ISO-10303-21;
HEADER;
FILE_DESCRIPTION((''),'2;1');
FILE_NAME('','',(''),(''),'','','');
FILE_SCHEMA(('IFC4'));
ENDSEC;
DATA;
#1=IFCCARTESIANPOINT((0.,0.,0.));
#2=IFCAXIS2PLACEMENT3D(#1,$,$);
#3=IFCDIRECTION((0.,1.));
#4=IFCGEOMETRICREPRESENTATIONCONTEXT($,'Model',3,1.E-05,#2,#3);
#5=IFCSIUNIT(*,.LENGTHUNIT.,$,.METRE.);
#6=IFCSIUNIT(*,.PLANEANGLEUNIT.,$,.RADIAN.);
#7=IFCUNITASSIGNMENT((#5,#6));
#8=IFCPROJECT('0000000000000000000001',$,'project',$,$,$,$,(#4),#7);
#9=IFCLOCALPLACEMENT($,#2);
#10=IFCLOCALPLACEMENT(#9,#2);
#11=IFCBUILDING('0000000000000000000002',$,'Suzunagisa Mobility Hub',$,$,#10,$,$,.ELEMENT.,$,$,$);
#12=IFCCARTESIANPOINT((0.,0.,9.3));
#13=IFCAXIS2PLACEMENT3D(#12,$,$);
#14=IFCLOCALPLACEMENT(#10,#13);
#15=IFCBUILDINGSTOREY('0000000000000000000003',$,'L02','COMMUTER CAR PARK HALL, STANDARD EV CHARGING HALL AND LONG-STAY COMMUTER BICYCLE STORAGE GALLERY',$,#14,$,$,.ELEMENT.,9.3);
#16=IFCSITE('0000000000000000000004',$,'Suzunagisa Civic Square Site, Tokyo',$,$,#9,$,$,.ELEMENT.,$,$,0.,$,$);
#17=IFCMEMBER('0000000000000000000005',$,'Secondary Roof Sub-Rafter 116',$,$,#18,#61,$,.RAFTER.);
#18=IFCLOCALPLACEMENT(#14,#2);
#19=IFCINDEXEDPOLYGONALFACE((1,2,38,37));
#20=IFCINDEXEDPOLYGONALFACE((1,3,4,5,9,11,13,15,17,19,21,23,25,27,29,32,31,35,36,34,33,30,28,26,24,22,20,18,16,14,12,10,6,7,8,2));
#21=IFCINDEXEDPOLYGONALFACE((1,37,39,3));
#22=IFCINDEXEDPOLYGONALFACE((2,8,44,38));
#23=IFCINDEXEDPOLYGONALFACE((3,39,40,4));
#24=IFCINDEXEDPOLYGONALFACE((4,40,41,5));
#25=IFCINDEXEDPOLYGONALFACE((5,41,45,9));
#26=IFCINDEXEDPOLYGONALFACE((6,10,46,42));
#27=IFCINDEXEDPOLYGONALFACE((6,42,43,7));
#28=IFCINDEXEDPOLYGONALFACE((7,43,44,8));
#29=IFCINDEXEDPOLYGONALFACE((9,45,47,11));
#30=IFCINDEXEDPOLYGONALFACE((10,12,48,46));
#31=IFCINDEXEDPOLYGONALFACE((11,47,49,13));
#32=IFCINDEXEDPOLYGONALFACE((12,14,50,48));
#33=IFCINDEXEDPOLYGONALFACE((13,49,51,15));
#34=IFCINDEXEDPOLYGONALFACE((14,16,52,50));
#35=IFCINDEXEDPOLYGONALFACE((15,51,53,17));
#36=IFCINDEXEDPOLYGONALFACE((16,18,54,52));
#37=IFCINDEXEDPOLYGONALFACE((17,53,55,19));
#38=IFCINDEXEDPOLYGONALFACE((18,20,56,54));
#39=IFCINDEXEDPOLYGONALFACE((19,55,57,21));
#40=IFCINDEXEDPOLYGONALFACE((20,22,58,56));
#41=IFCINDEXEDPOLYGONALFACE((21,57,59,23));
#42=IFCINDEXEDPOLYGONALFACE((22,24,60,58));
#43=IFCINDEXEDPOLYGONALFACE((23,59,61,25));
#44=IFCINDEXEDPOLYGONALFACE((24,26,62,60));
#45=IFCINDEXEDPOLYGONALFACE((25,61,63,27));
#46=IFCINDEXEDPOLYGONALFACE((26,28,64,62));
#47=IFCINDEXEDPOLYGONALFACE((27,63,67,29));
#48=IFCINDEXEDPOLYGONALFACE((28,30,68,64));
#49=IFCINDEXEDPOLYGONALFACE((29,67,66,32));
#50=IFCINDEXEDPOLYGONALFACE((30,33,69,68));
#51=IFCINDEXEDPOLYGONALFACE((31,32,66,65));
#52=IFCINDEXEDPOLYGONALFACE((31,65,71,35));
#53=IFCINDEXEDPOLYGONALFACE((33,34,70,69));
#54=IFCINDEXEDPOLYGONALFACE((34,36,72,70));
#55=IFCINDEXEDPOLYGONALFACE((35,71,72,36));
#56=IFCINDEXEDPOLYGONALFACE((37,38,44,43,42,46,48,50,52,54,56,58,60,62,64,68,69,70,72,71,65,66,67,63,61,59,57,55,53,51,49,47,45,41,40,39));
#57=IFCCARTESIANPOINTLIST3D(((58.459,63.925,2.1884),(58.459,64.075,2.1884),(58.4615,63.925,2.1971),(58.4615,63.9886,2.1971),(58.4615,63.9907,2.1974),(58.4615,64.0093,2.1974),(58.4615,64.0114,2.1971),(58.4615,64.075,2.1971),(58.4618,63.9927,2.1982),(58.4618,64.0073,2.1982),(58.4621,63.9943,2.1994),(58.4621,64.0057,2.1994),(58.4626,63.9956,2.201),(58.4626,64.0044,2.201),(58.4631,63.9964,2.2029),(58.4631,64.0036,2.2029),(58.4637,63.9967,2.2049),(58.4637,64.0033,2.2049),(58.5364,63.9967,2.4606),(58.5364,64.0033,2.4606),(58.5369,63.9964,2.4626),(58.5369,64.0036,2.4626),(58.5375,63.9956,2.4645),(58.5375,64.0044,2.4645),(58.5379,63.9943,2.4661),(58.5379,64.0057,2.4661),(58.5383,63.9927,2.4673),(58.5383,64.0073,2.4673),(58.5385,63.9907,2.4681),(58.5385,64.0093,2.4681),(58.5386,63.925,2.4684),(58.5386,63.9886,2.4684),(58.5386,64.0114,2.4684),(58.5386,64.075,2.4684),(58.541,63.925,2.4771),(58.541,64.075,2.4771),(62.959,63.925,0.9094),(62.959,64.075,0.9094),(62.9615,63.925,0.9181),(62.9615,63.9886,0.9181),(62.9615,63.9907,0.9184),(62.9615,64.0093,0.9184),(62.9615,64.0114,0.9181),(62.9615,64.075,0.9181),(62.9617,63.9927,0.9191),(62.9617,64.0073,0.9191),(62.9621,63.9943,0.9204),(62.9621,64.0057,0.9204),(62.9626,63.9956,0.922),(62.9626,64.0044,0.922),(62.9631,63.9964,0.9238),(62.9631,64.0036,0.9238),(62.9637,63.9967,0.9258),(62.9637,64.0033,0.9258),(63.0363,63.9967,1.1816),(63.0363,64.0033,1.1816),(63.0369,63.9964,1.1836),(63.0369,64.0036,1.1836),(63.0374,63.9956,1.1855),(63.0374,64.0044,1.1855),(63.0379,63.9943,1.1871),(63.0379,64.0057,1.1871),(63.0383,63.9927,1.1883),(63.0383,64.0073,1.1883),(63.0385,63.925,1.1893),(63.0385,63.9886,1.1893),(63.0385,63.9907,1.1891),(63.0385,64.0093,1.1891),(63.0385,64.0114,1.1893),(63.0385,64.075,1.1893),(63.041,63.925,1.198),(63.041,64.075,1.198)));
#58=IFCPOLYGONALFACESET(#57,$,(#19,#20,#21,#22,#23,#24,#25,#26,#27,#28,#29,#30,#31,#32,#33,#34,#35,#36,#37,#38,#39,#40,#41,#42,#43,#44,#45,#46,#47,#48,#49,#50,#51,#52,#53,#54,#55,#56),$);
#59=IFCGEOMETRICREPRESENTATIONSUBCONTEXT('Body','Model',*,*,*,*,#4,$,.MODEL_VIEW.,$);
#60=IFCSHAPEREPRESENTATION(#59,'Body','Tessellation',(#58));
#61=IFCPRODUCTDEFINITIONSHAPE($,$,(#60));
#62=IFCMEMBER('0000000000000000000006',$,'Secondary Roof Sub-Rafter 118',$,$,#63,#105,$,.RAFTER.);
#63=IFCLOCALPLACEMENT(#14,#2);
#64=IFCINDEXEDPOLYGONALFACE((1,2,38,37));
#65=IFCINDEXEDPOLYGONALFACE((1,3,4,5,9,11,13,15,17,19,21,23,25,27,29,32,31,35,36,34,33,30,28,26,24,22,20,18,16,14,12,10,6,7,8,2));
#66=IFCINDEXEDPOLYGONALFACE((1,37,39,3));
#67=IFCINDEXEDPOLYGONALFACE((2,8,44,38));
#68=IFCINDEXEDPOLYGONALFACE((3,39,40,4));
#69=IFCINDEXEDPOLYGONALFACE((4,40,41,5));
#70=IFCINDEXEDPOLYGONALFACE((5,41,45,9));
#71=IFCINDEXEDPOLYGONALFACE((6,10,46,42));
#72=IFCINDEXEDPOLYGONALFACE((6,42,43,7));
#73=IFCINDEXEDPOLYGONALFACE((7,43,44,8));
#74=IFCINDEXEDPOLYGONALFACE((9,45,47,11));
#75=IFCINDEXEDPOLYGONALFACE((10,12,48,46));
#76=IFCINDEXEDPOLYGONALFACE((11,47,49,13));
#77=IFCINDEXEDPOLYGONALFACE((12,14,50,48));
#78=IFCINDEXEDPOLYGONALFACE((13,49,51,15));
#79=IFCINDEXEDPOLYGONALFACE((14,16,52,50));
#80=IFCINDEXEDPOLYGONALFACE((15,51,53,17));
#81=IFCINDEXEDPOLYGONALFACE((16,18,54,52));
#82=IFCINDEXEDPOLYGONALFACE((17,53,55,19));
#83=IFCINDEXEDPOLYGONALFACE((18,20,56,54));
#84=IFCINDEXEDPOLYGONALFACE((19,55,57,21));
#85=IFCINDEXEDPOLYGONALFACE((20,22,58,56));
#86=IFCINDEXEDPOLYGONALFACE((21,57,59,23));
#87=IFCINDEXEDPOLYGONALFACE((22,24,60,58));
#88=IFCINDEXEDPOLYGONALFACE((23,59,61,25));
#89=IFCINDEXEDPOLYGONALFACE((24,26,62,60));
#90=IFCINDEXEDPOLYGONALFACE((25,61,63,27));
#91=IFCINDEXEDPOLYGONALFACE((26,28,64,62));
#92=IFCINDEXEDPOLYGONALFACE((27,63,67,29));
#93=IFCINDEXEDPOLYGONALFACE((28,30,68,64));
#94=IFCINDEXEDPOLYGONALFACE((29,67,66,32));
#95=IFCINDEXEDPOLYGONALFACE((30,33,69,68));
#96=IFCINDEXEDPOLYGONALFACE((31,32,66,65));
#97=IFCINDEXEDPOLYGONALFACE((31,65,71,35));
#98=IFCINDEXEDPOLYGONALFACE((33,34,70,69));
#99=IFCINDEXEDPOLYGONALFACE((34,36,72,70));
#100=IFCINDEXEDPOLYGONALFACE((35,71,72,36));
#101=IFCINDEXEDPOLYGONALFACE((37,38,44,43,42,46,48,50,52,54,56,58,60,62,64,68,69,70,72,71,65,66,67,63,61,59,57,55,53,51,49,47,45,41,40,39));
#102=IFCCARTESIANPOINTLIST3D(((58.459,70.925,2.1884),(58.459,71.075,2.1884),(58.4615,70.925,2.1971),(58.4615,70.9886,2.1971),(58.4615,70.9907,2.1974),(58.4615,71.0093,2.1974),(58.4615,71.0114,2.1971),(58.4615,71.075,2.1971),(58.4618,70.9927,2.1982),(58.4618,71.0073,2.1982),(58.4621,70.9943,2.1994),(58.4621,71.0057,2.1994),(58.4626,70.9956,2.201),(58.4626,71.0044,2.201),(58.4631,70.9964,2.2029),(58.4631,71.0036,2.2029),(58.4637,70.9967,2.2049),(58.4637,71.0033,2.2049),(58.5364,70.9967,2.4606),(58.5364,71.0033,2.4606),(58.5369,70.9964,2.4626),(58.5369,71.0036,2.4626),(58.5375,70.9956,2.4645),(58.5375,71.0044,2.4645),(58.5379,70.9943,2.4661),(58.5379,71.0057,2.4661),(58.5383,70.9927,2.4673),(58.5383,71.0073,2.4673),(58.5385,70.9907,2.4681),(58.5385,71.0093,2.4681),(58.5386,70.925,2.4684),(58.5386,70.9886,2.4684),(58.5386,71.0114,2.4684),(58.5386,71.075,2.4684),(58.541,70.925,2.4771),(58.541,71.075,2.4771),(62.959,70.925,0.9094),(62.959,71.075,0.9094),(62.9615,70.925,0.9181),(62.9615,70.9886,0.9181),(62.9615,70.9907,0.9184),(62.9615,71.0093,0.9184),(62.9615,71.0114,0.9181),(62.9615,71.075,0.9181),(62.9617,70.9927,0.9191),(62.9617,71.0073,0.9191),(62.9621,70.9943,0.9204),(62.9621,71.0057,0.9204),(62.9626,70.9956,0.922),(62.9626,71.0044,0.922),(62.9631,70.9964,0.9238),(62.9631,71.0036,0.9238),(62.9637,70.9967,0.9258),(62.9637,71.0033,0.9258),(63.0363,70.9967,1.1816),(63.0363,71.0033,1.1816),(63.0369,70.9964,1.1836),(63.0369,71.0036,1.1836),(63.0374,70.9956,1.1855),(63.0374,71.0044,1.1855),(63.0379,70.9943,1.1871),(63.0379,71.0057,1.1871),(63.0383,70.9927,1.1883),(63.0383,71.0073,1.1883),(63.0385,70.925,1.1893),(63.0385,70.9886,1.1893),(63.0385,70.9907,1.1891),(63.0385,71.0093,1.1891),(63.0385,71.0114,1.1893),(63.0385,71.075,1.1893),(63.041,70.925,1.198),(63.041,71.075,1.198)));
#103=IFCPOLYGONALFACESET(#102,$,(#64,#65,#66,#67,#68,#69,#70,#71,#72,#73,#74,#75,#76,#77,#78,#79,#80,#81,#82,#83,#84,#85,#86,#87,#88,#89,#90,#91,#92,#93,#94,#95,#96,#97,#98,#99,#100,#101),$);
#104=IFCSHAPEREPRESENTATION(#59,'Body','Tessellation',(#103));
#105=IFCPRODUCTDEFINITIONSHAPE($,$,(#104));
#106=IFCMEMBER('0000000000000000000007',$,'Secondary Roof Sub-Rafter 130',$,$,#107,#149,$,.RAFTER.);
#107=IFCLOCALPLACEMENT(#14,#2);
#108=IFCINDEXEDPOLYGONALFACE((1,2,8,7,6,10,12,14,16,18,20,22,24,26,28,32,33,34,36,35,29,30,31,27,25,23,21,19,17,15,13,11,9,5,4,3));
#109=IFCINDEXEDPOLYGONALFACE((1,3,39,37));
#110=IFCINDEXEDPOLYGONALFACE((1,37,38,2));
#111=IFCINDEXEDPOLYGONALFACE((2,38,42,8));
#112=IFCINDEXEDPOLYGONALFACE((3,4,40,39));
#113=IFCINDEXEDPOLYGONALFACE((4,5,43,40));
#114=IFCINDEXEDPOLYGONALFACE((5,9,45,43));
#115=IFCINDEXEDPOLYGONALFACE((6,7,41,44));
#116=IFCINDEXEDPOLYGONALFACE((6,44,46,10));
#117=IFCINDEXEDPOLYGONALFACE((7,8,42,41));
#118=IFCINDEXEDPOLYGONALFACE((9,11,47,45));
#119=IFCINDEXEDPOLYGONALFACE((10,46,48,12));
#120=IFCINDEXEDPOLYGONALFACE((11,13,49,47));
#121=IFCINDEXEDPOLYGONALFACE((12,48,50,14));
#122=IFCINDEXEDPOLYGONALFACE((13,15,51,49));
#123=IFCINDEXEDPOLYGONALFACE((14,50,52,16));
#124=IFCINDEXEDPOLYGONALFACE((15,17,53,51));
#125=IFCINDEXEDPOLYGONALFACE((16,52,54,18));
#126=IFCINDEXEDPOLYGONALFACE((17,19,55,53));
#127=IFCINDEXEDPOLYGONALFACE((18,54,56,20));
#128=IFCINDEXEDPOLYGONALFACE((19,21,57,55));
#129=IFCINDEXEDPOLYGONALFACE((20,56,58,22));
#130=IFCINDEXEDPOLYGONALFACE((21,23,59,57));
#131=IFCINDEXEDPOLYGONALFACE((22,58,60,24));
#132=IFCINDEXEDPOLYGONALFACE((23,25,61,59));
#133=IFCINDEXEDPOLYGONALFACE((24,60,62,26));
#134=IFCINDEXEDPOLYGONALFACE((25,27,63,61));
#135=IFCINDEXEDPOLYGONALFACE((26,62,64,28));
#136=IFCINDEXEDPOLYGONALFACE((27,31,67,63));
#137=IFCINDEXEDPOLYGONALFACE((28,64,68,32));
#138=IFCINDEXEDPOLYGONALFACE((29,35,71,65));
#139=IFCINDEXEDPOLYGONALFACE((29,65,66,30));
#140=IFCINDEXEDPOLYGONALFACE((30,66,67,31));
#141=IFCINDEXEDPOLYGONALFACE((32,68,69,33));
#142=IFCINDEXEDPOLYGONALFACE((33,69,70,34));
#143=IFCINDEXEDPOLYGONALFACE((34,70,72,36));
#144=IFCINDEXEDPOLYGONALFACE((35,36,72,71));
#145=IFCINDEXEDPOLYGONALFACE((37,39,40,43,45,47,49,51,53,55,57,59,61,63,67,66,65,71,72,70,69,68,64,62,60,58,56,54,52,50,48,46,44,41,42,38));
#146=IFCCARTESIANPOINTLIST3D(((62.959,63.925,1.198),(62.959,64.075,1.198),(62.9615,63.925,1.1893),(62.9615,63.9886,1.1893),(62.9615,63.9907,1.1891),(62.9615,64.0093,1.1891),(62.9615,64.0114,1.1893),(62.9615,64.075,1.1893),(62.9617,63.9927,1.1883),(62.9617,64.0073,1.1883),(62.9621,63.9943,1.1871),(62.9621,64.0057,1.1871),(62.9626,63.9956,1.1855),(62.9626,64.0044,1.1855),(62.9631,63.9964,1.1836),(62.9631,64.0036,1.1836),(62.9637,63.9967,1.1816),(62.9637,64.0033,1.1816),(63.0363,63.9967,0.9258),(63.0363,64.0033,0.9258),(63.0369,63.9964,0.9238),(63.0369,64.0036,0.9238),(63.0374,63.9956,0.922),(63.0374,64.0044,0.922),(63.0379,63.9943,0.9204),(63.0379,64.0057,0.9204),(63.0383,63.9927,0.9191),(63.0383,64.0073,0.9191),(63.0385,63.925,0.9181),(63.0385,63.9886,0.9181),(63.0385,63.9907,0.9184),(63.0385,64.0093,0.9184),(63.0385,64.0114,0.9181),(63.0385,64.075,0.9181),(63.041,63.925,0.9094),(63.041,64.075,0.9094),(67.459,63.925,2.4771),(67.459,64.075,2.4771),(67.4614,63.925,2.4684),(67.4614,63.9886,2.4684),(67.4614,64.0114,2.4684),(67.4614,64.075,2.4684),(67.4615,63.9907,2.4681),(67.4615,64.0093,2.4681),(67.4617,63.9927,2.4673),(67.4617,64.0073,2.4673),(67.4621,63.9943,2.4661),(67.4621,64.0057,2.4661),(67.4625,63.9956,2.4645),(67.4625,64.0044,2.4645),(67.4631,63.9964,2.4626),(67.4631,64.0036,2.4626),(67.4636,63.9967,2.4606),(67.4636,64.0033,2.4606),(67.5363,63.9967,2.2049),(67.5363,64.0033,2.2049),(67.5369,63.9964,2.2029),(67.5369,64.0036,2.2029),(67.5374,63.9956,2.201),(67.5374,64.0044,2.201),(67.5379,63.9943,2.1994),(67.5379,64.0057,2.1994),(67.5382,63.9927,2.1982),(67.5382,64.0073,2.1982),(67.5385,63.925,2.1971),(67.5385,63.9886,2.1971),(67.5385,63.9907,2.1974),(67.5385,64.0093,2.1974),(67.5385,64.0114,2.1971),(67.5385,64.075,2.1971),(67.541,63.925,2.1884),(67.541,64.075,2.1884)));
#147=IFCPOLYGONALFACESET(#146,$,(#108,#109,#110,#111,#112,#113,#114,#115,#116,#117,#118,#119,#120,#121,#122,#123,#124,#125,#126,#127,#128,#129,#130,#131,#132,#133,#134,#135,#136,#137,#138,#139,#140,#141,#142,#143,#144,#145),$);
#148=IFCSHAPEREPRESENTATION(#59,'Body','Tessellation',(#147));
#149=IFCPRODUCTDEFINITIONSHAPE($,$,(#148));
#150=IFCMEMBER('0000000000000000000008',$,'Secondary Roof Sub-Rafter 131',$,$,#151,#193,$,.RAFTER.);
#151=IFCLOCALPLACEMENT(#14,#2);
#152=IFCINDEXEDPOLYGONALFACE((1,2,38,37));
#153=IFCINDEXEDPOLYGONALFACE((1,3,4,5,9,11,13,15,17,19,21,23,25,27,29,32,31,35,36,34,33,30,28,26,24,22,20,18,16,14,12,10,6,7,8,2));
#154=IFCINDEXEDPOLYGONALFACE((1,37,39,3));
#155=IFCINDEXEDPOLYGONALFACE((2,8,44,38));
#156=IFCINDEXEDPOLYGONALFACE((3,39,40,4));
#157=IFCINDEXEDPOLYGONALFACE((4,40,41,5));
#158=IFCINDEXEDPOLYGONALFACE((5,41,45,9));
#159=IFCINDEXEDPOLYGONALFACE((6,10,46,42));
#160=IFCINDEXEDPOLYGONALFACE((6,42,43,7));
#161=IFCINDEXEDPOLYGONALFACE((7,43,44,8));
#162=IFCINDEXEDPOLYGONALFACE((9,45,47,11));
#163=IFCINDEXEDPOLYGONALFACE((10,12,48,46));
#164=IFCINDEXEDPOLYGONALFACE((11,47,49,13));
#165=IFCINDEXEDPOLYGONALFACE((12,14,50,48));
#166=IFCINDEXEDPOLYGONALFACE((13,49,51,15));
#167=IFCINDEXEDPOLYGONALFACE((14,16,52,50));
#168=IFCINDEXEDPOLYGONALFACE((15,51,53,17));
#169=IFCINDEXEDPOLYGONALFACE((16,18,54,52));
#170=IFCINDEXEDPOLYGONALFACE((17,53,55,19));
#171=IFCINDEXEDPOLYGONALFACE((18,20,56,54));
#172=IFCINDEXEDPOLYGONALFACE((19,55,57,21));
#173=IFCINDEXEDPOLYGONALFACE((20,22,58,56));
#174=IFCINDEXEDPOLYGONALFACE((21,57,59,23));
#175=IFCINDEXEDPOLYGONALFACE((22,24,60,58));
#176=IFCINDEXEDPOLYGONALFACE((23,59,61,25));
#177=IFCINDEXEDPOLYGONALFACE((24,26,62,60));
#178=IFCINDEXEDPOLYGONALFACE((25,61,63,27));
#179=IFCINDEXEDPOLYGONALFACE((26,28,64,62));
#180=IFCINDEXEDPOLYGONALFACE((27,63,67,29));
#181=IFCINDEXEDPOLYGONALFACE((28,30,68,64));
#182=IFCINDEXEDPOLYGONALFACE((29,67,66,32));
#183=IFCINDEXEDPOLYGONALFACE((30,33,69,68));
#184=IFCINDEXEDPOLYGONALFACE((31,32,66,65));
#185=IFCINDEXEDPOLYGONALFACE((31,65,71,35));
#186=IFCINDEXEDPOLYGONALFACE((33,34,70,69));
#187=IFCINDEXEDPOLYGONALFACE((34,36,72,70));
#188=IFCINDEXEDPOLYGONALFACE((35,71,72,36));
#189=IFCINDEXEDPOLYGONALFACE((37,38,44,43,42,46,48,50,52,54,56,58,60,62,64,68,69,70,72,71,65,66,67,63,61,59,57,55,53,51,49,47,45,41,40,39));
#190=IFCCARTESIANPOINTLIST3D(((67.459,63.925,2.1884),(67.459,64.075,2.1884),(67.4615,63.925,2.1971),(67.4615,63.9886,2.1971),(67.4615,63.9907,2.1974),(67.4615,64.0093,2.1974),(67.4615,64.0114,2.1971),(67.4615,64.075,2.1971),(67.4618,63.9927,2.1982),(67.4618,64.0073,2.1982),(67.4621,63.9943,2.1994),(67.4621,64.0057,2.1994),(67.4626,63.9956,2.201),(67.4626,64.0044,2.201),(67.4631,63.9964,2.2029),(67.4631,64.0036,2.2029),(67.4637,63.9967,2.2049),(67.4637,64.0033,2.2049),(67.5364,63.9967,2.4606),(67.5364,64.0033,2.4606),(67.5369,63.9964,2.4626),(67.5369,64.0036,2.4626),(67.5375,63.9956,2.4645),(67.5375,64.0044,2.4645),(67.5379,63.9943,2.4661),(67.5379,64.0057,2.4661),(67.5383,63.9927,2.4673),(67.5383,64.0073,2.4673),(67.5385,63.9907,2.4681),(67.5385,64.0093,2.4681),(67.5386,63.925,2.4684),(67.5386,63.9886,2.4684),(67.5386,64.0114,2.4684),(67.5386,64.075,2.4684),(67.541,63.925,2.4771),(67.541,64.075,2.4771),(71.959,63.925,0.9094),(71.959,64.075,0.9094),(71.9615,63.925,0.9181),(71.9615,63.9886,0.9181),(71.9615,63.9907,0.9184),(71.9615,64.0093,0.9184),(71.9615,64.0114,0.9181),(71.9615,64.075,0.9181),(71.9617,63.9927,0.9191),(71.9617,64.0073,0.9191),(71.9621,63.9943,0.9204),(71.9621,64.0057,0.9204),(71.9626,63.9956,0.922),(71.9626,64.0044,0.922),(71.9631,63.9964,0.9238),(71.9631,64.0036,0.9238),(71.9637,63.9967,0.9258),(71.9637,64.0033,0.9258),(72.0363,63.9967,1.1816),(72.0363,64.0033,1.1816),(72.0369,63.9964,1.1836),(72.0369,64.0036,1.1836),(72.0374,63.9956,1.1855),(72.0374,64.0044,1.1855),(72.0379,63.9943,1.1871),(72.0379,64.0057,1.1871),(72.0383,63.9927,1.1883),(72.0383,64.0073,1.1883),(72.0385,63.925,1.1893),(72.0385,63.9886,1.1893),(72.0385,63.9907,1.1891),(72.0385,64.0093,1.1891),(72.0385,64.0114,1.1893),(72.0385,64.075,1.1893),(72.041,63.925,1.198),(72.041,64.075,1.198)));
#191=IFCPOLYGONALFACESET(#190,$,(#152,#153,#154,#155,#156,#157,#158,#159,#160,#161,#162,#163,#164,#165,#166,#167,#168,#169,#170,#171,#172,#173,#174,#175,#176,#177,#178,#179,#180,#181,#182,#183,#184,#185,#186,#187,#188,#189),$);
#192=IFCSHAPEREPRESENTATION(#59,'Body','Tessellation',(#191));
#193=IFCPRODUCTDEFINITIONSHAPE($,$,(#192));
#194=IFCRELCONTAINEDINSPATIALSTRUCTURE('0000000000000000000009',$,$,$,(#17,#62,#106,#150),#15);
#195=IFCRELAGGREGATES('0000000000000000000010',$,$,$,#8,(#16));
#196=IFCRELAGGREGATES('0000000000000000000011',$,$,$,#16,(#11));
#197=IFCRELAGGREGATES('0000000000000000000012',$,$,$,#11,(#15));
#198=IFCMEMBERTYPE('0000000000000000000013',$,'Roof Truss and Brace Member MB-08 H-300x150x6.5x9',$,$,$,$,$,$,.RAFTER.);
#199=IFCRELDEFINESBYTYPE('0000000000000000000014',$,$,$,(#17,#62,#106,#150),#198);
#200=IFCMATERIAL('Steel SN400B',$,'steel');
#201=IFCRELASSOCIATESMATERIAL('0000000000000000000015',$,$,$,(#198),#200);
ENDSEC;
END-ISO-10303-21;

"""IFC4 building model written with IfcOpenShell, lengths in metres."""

from ifc_helpers import new_model, si_unit, direction, frame, origin, origin_2d, place, context, subcontext, project, spatial, i_section, extrude, material, material_profile, profile_set, type_object, element, save


model = new_model("IFC4")

# Units and contexts
model_context = context("Model", 3, precision=1e-05, world=origin(), true_north=direction((0.0, 1.0)))
body_context = subcontext(model_context, "Body", "Model", "MODEL_VIEW")
ifc_project = project(units=[si_unit("LENGTHUNIT", "METRE"), si_unit("PLANEANGLEUNIT", "RADIAN")], contexts=[model_context])

# Site, building, storey
site_placement = place(None, origin())
site = spatial("IfcSite", under=ifc_project, at=site_placement, Name="Suzunagisa Civic Square Site, Tokyo", CompositionType="ELEMENT", RefElevation=0.0)
building_placement = place(site_placement, origin())
building = spatial("IfcBuilding", under=site, at=building_placement, Name="Suzunagisa Mobility Hub", CompositionType="ELEMENT")
storey_placement = place(building_placement, frame((0.0, 0.0, 9.3)))
storey = spatial("IfcBuildingStorey", under=building, at=storey_placement, Name="L02", Description="COMMUTER CAR PARK HALL, STANDARD EV CHARGING HALL AND LONG-STAY COMMUTER BICYCLE STORAGE GALLERY", CompositionType="ELEMENT", Elevation=9.3)

# Members
ifc_material_1 = material(Name="Steel SN400B", Category="steel")
ifc_material_profile_1 = material_profile(ifc_material_1, i_section(OverallWidth=0.1499, OverallDepth=0.3, WebThickness=0.0066, FlangeThickness=0.009, FilletRadius=0.0081, at=origin_2d()), Name="H-300x150x6.5x9")
ifc_profile_set_1 = profile_set([ifc_material_profile_1], Name="Steel SN400B")
member_type_1 = type_object("IfcMemberType", Name="Roof Truss and Brace Member MB-08 H-300x150x6.5x9", PredefinedType="RAFTER", material=ifc_profile_set_1)
for number, where, z_axis, x_axis, name in (
    (1, (63.0, 64.0, 1.0537), (-0.961899, 0.0, 0.273404), (0.0, -1.0, 0.0), "Secondary Roof Sub-Rafter 116"),
    (2, (63.0, 71.0, 1.0537), (-0.961899, 0.0, 0.273404), (0.0, -1.0, 0.0), "Secondary Roof Sub-Rafter 118"),
    (3, (63.0, 64.0, 1.0537), (0.961899, 0.0, 0.273404), (0.0, 1.0, 0.0), "Secondary Roof Sub-Rafter 130"),
    (4, (72.0, 64.0, 1.0537), (-0.961899, 0.0, 0.273404), (0.0, -1.0, 0.0), "Secondary Roof Sub-Rafter 131"),
):
    element("IfcMember", number, at=place(storey_placement, frame(where, z_axis=z_axis, x_axis=x_axis)), inside=storey, type_object=member_type_1, Name=name, PredefinedType="RAFTER", context=body_context, shape_type="SweptSolid", body=[
        extrude(i_section(OverallWidth=0.1499, OverallDepth=0.3, WebThickness=0.0066, FlangeThickness=0.009, FilletRadius=0.0081, at=origin_2d()), origin(), (0.0, 0.0, 1.0), 4.6782),
    ])

save(model, "model.ifc")
